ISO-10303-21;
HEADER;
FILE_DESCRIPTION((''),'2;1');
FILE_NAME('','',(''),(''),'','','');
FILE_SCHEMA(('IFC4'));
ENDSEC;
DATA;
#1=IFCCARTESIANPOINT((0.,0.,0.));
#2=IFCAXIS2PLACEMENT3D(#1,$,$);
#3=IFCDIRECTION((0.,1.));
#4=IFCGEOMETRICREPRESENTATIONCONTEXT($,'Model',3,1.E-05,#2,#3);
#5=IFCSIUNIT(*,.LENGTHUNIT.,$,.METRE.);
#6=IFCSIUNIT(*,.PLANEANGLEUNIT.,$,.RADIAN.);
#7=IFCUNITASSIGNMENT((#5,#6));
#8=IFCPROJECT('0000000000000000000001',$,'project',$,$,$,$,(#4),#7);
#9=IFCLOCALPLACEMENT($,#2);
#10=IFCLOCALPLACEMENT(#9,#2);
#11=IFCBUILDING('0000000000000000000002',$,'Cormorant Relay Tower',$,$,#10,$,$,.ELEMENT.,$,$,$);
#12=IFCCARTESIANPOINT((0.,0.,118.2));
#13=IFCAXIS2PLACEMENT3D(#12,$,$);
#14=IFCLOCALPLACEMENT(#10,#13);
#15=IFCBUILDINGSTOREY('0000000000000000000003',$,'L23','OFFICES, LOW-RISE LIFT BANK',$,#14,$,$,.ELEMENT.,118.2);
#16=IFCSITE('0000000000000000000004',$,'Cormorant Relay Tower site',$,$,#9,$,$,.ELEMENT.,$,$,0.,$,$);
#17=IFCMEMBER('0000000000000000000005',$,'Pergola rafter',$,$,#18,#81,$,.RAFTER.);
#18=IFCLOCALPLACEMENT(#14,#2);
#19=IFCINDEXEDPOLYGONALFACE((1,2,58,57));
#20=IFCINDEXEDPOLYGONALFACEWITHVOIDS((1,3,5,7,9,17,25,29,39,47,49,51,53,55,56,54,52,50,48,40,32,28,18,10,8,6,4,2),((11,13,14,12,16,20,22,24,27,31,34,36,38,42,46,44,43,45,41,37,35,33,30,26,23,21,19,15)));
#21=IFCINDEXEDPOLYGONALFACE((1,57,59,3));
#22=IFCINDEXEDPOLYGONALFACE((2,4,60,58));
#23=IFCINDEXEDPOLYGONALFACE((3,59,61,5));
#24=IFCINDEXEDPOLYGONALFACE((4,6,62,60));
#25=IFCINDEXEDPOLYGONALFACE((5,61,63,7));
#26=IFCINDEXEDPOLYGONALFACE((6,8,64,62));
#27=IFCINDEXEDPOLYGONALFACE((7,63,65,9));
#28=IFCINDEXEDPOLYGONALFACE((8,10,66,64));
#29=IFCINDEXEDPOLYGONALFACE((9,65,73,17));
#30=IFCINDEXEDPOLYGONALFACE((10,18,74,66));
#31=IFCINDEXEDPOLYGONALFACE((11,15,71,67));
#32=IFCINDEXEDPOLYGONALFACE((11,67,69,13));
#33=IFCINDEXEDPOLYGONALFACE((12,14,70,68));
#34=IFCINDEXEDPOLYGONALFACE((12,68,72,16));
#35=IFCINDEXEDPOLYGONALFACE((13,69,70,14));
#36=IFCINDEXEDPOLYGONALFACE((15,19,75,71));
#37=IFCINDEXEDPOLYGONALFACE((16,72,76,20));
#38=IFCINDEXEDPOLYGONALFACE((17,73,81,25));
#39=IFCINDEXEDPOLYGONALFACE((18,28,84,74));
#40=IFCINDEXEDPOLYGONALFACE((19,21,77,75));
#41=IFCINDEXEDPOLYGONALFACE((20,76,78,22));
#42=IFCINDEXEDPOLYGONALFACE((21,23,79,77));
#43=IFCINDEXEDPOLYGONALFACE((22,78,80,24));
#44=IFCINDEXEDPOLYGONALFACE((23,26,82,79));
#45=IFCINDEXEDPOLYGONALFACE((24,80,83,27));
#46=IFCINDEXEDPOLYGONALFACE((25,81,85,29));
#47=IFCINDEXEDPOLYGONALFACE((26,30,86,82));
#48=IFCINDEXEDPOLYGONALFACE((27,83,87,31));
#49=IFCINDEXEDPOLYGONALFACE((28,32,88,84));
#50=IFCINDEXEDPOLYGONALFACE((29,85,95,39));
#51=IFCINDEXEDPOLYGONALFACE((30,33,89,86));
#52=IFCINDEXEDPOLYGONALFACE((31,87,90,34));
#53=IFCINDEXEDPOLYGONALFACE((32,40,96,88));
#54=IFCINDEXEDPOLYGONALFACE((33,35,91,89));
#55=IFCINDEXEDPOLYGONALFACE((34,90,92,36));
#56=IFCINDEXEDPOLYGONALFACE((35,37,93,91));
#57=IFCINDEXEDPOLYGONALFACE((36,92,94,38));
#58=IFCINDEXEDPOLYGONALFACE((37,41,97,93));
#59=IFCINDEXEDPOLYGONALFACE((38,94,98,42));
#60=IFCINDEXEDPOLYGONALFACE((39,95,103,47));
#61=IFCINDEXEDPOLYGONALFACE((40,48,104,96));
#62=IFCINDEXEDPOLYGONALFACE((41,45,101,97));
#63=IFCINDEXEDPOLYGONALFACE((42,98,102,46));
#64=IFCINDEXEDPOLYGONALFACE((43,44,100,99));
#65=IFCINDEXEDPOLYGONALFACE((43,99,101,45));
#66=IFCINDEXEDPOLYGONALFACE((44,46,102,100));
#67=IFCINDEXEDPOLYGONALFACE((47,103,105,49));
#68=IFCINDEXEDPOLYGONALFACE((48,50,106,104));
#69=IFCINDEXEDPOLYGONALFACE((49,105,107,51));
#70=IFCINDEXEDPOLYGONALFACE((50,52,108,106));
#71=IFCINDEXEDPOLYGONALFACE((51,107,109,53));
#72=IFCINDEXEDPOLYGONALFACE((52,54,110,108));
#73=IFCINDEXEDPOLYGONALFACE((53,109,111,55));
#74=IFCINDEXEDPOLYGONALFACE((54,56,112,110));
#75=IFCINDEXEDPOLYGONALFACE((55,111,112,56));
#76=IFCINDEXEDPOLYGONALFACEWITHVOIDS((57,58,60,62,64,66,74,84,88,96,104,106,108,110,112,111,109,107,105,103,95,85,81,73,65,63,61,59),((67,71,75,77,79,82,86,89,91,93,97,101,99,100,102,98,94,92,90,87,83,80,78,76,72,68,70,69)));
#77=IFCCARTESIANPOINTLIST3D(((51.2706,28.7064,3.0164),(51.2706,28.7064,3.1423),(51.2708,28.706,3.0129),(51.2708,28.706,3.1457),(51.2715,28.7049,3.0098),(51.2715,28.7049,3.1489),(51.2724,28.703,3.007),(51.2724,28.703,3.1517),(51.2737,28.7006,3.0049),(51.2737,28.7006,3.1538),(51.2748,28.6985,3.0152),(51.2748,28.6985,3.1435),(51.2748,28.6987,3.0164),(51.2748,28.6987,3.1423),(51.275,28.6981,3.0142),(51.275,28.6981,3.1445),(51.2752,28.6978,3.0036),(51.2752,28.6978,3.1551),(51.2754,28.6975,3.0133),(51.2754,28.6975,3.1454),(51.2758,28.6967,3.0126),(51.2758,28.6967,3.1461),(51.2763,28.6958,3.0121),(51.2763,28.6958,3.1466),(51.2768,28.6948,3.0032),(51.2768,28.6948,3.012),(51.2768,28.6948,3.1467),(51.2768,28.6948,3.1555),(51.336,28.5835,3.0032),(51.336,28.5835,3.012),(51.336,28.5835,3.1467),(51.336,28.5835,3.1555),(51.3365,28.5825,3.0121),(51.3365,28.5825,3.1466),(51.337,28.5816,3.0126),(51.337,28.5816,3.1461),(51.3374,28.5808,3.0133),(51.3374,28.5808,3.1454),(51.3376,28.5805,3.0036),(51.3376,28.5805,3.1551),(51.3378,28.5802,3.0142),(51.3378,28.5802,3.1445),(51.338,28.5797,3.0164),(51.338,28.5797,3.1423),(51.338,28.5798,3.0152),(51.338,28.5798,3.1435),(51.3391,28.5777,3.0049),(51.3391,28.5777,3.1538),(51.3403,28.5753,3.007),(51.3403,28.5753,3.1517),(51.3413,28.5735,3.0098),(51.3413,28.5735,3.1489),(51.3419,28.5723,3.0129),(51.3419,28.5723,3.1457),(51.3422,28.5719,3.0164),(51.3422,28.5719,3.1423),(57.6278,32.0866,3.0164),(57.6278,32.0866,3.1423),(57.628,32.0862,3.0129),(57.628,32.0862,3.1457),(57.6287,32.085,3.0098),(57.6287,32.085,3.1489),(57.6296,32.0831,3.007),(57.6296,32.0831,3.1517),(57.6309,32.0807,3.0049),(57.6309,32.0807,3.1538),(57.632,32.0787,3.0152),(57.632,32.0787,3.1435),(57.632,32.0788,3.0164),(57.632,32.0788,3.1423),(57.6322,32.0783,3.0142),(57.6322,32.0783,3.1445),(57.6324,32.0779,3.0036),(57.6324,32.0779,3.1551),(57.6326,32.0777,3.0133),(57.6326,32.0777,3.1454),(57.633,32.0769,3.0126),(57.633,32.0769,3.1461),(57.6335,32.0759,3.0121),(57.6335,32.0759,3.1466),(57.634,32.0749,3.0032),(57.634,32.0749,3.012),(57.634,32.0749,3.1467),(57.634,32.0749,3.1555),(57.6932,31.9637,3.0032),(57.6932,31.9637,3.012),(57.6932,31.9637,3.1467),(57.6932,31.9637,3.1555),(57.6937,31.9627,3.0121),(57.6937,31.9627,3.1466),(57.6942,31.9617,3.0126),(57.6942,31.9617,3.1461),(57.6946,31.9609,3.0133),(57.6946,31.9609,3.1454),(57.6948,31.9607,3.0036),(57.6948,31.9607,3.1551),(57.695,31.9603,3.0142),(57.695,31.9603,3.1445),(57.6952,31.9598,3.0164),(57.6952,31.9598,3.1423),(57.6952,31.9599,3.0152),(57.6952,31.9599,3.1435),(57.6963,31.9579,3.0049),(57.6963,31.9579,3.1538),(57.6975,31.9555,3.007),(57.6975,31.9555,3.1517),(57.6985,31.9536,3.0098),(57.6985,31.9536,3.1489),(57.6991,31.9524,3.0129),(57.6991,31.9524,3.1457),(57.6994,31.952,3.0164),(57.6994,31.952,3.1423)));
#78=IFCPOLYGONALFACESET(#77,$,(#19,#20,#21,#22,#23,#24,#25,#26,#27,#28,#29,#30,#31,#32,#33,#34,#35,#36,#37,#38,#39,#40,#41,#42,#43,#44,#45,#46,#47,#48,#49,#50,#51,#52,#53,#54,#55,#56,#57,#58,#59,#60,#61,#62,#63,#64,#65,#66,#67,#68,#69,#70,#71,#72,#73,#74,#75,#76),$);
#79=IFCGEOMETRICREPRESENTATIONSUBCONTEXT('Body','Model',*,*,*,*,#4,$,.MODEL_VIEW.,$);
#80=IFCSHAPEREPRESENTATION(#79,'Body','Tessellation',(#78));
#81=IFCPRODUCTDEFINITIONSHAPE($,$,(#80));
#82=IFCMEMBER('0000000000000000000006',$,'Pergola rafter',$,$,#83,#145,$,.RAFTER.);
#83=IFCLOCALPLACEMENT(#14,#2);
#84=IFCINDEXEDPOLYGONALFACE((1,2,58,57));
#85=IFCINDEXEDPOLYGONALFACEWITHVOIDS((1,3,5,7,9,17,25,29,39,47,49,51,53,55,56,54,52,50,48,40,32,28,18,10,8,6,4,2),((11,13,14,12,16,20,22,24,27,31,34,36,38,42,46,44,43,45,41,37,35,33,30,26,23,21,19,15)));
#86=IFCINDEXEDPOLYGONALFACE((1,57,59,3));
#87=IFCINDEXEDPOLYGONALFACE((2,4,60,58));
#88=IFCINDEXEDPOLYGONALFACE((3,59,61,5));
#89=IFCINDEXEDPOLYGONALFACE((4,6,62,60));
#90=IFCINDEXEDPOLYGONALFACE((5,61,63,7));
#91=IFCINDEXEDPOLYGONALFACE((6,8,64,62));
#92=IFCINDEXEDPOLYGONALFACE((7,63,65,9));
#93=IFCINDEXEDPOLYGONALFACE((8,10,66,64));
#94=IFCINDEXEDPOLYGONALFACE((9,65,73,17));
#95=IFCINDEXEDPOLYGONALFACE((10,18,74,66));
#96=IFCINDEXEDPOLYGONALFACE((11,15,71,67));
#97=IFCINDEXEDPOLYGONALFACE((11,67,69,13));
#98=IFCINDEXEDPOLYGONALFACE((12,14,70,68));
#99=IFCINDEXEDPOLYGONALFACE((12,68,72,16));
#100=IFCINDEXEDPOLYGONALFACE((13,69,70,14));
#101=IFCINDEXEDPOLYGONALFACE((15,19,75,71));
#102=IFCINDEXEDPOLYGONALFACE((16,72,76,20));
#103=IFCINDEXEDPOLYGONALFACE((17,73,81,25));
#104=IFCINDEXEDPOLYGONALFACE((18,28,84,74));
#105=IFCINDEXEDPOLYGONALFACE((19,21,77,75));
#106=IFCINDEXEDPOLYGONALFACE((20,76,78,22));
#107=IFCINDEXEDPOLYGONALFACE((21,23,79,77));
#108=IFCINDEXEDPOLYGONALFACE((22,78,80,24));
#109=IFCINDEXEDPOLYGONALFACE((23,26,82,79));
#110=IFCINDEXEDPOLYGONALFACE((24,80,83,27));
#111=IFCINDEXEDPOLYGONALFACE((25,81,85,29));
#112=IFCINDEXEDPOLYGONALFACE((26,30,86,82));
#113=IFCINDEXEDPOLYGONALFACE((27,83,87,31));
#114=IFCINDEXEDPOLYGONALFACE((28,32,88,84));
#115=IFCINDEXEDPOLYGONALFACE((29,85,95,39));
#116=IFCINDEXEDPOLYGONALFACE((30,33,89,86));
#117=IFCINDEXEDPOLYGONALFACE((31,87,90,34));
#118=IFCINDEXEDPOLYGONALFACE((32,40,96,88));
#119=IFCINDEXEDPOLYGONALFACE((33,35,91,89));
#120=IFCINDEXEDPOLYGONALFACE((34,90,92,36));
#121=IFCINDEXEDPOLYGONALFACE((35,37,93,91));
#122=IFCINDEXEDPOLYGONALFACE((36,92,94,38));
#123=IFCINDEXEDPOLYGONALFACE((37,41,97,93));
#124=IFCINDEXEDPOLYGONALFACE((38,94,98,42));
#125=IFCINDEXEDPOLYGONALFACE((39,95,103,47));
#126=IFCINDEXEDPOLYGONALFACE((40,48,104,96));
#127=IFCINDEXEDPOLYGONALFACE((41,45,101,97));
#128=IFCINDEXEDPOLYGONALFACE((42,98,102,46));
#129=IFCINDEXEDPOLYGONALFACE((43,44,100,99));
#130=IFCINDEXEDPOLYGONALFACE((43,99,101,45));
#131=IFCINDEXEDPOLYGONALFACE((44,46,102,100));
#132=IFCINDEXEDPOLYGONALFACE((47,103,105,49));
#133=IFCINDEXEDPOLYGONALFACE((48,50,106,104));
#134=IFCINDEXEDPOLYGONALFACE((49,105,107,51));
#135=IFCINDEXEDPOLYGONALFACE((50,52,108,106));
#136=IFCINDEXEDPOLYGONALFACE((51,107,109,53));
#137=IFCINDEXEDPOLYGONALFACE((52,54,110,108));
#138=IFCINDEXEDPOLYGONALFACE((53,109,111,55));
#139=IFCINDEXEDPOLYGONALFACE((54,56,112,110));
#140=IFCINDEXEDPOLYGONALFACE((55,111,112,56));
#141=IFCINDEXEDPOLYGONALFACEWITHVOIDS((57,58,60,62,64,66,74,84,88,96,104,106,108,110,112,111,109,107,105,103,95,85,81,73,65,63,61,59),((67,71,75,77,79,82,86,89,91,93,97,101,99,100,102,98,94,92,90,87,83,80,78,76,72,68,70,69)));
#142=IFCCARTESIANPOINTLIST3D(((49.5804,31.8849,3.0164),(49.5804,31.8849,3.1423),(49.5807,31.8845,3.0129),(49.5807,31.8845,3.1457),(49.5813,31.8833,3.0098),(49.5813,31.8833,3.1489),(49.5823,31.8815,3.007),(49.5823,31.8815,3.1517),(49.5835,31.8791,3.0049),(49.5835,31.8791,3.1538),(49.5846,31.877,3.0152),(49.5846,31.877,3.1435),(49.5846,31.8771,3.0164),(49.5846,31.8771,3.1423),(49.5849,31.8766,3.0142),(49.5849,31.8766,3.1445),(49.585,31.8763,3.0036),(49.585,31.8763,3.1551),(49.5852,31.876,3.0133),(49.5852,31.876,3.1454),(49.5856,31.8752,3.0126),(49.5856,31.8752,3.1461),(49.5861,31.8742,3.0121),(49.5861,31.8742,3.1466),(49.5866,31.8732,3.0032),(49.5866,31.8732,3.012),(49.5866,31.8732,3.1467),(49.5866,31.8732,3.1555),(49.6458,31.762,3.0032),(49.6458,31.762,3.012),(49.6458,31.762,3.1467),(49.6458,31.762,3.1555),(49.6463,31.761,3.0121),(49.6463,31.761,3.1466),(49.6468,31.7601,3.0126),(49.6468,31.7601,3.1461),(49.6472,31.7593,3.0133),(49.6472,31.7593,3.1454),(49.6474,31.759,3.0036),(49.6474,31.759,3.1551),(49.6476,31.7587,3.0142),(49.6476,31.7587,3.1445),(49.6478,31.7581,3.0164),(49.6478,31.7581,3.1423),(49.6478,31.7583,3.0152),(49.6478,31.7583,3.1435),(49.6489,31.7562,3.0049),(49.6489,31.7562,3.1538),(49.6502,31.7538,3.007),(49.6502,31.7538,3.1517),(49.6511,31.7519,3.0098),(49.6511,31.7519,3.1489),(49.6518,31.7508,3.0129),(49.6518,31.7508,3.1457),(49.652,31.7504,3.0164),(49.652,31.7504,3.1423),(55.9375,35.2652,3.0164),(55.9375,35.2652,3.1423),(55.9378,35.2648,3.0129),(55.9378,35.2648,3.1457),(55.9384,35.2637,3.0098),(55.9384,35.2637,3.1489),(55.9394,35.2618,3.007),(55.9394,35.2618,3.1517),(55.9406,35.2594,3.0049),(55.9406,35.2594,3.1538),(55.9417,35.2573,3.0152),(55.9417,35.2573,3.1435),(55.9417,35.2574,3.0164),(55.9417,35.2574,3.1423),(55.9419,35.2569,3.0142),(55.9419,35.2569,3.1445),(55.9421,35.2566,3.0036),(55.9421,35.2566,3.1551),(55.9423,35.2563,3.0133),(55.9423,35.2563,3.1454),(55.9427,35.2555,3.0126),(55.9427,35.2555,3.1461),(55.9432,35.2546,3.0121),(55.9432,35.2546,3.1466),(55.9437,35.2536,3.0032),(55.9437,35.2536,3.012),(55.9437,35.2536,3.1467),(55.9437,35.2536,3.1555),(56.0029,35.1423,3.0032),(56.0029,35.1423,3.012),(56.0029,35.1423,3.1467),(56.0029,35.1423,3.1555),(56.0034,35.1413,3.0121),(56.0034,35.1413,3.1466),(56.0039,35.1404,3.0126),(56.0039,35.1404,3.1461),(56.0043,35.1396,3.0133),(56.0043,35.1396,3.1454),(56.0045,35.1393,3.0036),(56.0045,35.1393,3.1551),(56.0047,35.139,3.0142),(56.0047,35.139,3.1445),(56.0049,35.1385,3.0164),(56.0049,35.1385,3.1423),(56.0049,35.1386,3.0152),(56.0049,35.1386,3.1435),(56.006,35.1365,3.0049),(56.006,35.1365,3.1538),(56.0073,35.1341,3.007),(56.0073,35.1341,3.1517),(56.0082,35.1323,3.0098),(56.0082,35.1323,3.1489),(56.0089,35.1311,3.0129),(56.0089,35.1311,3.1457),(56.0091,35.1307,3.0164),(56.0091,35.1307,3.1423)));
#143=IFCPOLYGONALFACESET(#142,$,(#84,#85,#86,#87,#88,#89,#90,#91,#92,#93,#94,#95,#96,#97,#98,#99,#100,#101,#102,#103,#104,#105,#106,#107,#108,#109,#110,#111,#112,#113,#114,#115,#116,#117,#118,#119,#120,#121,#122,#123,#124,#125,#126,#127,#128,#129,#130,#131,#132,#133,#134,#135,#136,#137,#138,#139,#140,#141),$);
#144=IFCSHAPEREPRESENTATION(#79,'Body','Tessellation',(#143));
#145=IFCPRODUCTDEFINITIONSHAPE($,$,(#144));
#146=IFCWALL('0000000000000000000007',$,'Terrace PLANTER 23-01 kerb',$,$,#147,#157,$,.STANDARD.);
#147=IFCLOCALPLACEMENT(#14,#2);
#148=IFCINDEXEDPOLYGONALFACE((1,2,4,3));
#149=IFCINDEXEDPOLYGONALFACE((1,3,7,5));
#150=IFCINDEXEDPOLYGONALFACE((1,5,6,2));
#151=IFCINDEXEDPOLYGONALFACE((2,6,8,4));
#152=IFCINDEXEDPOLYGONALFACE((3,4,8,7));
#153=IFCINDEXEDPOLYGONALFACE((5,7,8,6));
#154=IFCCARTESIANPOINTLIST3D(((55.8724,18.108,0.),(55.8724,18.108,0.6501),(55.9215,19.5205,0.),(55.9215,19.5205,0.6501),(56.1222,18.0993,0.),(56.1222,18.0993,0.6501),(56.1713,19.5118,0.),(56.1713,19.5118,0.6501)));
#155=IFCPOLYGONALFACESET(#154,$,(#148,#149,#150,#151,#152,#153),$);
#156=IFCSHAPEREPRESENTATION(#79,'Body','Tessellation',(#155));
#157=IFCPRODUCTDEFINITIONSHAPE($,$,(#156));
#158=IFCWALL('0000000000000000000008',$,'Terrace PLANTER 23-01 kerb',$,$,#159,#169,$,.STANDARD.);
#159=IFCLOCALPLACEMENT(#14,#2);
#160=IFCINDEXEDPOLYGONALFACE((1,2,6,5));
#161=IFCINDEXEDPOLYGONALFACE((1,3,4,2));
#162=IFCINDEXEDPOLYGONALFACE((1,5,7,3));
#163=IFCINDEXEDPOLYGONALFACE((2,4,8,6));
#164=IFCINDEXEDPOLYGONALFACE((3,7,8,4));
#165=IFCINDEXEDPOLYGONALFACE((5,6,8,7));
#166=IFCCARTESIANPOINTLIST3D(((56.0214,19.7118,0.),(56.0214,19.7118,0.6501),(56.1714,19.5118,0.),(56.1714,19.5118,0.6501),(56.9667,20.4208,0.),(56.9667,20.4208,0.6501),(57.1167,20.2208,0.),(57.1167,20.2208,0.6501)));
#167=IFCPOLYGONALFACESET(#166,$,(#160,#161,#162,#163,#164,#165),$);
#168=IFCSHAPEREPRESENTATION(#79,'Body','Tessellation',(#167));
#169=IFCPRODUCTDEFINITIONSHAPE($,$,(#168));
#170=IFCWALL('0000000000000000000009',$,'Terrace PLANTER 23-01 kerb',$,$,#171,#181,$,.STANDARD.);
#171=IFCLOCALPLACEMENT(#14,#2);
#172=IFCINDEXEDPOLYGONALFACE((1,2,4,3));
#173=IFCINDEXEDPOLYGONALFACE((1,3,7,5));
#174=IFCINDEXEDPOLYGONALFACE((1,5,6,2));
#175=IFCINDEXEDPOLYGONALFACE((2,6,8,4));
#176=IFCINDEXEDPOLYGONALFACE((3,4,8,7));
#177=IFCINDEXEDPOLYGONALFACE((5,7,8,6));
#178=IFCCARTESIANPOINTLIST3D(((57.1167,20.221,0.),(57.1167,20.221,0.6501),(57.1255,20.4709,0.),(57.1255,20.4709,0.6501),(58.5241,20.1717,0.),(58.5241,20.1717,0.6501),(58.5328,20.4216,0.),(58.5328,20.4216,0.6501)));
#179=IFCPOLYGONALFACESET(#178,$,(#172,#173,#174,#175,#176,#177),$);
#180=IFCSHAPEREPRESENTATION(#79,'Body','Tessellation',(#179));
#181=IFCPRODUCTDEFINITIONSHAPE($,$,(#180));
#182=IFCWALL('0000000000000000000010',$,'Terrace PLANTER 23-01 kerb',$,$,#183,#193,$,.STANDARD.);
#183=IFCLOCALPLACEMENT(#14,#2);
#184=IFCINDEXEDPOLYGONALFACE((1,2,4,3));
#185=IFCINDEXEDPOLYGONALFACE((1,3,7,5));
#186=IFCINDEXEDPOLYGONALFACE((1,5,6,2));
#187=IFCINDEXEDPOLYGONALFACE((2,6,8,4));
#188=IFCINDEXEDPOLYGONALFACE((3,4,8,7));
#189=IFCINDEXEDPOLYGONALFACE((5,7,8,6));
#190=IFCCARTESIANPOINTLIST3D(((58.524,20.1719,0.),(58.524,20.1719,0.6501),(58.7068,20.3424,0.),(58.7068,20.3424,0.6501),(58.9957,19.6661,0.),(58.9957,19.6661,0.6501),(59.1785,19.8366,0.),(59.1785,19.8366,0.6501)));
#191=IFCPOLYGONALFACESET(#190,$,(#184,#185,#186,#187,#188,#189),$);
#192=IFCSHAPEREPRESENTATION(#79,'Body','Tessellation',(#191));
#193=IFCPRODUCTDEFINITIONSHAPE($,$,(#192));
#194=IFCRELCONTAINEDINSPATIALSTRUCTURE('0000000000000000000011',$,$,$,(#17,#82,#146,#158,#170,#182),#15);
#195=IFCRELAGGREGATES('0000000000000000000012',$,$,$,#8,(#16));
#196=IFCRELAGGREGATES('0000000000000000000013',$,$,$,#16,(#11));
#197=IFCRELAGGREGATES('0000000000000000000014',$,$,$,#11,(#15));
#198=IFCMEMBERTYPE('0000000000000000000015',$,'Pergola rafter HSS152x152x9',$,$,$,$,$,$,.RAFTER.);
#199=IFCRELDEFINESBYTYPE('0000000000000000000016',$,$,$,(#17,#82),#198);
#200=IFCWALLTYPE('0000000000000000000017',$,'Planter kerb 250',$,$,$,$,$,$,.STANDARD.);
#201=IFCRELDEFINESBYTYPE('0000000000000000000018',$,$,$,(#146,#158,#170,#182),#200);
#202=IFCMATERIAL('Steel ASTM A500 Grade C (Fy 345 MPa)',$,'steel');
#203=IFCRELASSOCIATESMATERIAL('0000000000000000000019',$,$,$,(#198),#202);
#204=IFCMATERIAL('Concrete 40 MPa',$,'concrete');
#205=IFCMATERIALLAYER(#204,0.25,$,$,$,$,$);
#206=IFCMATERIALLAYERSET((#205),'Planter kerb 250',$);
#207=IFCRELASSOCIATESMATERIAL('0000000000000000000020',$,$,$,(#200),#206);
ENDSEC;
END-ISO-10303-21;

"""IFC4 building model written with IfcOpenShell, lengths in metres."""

from ifc_helpers import new_model, si_unit, direction, frame, frame_2d, origin, origin_2d, place, context, subcontext, project, spatial, rectangle, hollow_rectangle, extrude, material, layer, layer_set, material_profile, profile_set, type_object, element, save


model = new_model("IFC4")

# Units and contexts
model_context = context("Model", 3, precision=1e-05, world=origin(), true_north=direction((0.0, 1.0)))
body_context = subcontext(model_context, "Body", "Model", "MODEL_VIEW")
ifc_project = project(units=[si_unit("LENGTHUNIT", "METRE"), si_unit("PLANEANGLEUNIT", "RADIAN")], contexts=[model_context])

# Site, building, storey
site_placement = place(None, origin())
site = spatial("IfcSite", under=ifc_project, at=site_placement, Name="Cormorant Relay Tower site", CompositionType="ELEMENT", RefElevation=0.0)
building_placement = place(site_placement, origin())
building = spatial("IfcBuilding", under=site, at=building_placement, Name="Cormorant Relay Tower", CompositionType="ELEMENT")
storey_placement = place(building_placement, frame((0.0, 0.0, 118.2)))
storey = spatial("IfcBuildingStorey", under=building, at=storey_placement, Name="L23", Description="OFFICES, LOW-RISE LIFT BANK", CompositionType="ELEMENT", Elevation=118.2)

# Members
ifc_material_1 = material(Name="Steel ASTM A500 Grade C (Fy 345 MPa)", Category="steel")
ifc_material_profile_1 = material_profile(ifc_material_1, hollow_rectangle(XDim=0.1523, YDim=0.1523, WallThickness=0.0088, InnerFilletRadius=0.0044, OuterFilletRadius=0.0132, at=origin_2d()), Name="HSS152x152x9")
ifc_profile_set_1 = profile_set([ifc_material_profile_1], Name="Steel ASTM A500 Grade C (Fy 345 MPa)")
member_type_1 = type_object("IfcMemberType", Name="Pergola rafter HSS152x152x9", PredefinedType="RAFTER", material=ifc_profile_set_1)
for number, where, z_axis, x_axis, name in (
    (1, (51.3064, 28.6392, 3.0793), (0.88295, 0.469467, 0.0), (-0.469467, 0.88295, 0.0), "Pergola rafter"),
    (2, (49.6162, 31.8176, 3.0793), (0.882936, 0.469493, 0.0), (-0.469493, 0.882936, 0.0), "Pergola rafter"),
):
    element("IfcMember", number, at=place(storey_placement, frame(where, z_axis=z_axis, x_axis=x_axis)), inside=storey, type_object=member_type_1, Name=name, PredefinedType="RAFTER", context=body_context, shape_type="SweptSolid", body=[
        extrude(hollow_rectangle(XDim=0.1523, YDim=0.1523, WallThickness=0.0088, InnerFilletRadius=0.0044, OuterFilletRadius=0.0132, at=origin_2d()), origin(), (0.0, 0.0, 1.0), 7.2),
    ])

# Walls
ifc_material_2 = material(Name="Concrete 40 MPa", Category="concrete")
ifc_layer_1 = layer(ifc_material_2, 0.25)
ifc_layer_set_1 = layer_set([ifc_layer_1], Name="Planter kerb 250")
wall_type_1 = type_object("IfcWallType", Name="Planter kerb 250", PredefinedType="STANDARD", material=ifc_layer_set_1)
wall_1_placement = place(storey_placement, frame((55.9973, 18.1038, 0.0), z_axis=(0.0, 0.0, 1.0), x_axis=(0.034718, 0.999397, 0.0)))
element("IfcWall", 3, at=wall_1_placement, inside=storey, type_object=wall_type_1, Name="Terrace PLANTER 23-01 kerb", PredefinedType="STANDARD", context=body_context, shape_type="SweptSolid", body=[
    extrude(rectangle(XDim=1.4133, YDim=0.25, at=frame_2d((0.7065, 0.0))), origin(), (0.0, 0.0, 1.0), 0.6501),
])
wall_2_placement = place(storey_placement, frame((56.0964, 19.6118, 0.0), z_axis=(0.0, 0.0, 1.0), x_axis=(0.8, 0.6, 0.0)))
element("IfcWall", 4, at=wall_2_placement, inside=storey, type_object=wall_type_1, Name="Terrace PLANTER 23-01 kerb", PredefinedType="STANDARD", context=body_context, shape_type="SweptSolid", body=[
    extrude(rectangle(XDim=1.1816, YDim=0.25, at=frame_2d((0.5908, 0.0))), origin(), (0.0, 0.0, 1.0), 0.6501),
])
wall_3_placement = place(storey_placement, frame((57.1211, 20.3459, 0.0), z_axis=(0.0, 0.0, 1.0), x_axis=(0.999386, -0.035024, 0.0)))
element("IfcWall", 5, at=wall_3_placement, inside=storey, type_object=wall_type_1, Name="Terrace PLANTER 23-01 kerb", PredefinedType="STANDARD", context=body_context, shape_type="SweptSolid", body=[
    extrude(rectangle(XDim=1.4082, YDim=0.25, at=frame_2d((0.7041, 0.0))), origin(), (0.0, 0.0, 1.0), 0.6501),
])
wall_4_placement = place(storey_placement, frame((58.6155, 20.2571, 0.0), z_axis=(0.0, 0.0, 1.0), x_axis=(0.681966, -0.731384, 0.0)))
element("IfcWall", 6, at=wall_4_placement, inside=storey, type_object=wall_type_1, Name="Terrace PLANTER 23-01 kerb", PredefinedType="STANDARD", context=body_context, shape_type="SweptSolid", body=[
    extrude(rectangle(XDim=0.6917, YDim=0.25, at=frame_2d((0.3457, 0.0))), origin(), (0.0, 0.0, 1.0), 0.6501),
])

save(model, "model.ifc")
